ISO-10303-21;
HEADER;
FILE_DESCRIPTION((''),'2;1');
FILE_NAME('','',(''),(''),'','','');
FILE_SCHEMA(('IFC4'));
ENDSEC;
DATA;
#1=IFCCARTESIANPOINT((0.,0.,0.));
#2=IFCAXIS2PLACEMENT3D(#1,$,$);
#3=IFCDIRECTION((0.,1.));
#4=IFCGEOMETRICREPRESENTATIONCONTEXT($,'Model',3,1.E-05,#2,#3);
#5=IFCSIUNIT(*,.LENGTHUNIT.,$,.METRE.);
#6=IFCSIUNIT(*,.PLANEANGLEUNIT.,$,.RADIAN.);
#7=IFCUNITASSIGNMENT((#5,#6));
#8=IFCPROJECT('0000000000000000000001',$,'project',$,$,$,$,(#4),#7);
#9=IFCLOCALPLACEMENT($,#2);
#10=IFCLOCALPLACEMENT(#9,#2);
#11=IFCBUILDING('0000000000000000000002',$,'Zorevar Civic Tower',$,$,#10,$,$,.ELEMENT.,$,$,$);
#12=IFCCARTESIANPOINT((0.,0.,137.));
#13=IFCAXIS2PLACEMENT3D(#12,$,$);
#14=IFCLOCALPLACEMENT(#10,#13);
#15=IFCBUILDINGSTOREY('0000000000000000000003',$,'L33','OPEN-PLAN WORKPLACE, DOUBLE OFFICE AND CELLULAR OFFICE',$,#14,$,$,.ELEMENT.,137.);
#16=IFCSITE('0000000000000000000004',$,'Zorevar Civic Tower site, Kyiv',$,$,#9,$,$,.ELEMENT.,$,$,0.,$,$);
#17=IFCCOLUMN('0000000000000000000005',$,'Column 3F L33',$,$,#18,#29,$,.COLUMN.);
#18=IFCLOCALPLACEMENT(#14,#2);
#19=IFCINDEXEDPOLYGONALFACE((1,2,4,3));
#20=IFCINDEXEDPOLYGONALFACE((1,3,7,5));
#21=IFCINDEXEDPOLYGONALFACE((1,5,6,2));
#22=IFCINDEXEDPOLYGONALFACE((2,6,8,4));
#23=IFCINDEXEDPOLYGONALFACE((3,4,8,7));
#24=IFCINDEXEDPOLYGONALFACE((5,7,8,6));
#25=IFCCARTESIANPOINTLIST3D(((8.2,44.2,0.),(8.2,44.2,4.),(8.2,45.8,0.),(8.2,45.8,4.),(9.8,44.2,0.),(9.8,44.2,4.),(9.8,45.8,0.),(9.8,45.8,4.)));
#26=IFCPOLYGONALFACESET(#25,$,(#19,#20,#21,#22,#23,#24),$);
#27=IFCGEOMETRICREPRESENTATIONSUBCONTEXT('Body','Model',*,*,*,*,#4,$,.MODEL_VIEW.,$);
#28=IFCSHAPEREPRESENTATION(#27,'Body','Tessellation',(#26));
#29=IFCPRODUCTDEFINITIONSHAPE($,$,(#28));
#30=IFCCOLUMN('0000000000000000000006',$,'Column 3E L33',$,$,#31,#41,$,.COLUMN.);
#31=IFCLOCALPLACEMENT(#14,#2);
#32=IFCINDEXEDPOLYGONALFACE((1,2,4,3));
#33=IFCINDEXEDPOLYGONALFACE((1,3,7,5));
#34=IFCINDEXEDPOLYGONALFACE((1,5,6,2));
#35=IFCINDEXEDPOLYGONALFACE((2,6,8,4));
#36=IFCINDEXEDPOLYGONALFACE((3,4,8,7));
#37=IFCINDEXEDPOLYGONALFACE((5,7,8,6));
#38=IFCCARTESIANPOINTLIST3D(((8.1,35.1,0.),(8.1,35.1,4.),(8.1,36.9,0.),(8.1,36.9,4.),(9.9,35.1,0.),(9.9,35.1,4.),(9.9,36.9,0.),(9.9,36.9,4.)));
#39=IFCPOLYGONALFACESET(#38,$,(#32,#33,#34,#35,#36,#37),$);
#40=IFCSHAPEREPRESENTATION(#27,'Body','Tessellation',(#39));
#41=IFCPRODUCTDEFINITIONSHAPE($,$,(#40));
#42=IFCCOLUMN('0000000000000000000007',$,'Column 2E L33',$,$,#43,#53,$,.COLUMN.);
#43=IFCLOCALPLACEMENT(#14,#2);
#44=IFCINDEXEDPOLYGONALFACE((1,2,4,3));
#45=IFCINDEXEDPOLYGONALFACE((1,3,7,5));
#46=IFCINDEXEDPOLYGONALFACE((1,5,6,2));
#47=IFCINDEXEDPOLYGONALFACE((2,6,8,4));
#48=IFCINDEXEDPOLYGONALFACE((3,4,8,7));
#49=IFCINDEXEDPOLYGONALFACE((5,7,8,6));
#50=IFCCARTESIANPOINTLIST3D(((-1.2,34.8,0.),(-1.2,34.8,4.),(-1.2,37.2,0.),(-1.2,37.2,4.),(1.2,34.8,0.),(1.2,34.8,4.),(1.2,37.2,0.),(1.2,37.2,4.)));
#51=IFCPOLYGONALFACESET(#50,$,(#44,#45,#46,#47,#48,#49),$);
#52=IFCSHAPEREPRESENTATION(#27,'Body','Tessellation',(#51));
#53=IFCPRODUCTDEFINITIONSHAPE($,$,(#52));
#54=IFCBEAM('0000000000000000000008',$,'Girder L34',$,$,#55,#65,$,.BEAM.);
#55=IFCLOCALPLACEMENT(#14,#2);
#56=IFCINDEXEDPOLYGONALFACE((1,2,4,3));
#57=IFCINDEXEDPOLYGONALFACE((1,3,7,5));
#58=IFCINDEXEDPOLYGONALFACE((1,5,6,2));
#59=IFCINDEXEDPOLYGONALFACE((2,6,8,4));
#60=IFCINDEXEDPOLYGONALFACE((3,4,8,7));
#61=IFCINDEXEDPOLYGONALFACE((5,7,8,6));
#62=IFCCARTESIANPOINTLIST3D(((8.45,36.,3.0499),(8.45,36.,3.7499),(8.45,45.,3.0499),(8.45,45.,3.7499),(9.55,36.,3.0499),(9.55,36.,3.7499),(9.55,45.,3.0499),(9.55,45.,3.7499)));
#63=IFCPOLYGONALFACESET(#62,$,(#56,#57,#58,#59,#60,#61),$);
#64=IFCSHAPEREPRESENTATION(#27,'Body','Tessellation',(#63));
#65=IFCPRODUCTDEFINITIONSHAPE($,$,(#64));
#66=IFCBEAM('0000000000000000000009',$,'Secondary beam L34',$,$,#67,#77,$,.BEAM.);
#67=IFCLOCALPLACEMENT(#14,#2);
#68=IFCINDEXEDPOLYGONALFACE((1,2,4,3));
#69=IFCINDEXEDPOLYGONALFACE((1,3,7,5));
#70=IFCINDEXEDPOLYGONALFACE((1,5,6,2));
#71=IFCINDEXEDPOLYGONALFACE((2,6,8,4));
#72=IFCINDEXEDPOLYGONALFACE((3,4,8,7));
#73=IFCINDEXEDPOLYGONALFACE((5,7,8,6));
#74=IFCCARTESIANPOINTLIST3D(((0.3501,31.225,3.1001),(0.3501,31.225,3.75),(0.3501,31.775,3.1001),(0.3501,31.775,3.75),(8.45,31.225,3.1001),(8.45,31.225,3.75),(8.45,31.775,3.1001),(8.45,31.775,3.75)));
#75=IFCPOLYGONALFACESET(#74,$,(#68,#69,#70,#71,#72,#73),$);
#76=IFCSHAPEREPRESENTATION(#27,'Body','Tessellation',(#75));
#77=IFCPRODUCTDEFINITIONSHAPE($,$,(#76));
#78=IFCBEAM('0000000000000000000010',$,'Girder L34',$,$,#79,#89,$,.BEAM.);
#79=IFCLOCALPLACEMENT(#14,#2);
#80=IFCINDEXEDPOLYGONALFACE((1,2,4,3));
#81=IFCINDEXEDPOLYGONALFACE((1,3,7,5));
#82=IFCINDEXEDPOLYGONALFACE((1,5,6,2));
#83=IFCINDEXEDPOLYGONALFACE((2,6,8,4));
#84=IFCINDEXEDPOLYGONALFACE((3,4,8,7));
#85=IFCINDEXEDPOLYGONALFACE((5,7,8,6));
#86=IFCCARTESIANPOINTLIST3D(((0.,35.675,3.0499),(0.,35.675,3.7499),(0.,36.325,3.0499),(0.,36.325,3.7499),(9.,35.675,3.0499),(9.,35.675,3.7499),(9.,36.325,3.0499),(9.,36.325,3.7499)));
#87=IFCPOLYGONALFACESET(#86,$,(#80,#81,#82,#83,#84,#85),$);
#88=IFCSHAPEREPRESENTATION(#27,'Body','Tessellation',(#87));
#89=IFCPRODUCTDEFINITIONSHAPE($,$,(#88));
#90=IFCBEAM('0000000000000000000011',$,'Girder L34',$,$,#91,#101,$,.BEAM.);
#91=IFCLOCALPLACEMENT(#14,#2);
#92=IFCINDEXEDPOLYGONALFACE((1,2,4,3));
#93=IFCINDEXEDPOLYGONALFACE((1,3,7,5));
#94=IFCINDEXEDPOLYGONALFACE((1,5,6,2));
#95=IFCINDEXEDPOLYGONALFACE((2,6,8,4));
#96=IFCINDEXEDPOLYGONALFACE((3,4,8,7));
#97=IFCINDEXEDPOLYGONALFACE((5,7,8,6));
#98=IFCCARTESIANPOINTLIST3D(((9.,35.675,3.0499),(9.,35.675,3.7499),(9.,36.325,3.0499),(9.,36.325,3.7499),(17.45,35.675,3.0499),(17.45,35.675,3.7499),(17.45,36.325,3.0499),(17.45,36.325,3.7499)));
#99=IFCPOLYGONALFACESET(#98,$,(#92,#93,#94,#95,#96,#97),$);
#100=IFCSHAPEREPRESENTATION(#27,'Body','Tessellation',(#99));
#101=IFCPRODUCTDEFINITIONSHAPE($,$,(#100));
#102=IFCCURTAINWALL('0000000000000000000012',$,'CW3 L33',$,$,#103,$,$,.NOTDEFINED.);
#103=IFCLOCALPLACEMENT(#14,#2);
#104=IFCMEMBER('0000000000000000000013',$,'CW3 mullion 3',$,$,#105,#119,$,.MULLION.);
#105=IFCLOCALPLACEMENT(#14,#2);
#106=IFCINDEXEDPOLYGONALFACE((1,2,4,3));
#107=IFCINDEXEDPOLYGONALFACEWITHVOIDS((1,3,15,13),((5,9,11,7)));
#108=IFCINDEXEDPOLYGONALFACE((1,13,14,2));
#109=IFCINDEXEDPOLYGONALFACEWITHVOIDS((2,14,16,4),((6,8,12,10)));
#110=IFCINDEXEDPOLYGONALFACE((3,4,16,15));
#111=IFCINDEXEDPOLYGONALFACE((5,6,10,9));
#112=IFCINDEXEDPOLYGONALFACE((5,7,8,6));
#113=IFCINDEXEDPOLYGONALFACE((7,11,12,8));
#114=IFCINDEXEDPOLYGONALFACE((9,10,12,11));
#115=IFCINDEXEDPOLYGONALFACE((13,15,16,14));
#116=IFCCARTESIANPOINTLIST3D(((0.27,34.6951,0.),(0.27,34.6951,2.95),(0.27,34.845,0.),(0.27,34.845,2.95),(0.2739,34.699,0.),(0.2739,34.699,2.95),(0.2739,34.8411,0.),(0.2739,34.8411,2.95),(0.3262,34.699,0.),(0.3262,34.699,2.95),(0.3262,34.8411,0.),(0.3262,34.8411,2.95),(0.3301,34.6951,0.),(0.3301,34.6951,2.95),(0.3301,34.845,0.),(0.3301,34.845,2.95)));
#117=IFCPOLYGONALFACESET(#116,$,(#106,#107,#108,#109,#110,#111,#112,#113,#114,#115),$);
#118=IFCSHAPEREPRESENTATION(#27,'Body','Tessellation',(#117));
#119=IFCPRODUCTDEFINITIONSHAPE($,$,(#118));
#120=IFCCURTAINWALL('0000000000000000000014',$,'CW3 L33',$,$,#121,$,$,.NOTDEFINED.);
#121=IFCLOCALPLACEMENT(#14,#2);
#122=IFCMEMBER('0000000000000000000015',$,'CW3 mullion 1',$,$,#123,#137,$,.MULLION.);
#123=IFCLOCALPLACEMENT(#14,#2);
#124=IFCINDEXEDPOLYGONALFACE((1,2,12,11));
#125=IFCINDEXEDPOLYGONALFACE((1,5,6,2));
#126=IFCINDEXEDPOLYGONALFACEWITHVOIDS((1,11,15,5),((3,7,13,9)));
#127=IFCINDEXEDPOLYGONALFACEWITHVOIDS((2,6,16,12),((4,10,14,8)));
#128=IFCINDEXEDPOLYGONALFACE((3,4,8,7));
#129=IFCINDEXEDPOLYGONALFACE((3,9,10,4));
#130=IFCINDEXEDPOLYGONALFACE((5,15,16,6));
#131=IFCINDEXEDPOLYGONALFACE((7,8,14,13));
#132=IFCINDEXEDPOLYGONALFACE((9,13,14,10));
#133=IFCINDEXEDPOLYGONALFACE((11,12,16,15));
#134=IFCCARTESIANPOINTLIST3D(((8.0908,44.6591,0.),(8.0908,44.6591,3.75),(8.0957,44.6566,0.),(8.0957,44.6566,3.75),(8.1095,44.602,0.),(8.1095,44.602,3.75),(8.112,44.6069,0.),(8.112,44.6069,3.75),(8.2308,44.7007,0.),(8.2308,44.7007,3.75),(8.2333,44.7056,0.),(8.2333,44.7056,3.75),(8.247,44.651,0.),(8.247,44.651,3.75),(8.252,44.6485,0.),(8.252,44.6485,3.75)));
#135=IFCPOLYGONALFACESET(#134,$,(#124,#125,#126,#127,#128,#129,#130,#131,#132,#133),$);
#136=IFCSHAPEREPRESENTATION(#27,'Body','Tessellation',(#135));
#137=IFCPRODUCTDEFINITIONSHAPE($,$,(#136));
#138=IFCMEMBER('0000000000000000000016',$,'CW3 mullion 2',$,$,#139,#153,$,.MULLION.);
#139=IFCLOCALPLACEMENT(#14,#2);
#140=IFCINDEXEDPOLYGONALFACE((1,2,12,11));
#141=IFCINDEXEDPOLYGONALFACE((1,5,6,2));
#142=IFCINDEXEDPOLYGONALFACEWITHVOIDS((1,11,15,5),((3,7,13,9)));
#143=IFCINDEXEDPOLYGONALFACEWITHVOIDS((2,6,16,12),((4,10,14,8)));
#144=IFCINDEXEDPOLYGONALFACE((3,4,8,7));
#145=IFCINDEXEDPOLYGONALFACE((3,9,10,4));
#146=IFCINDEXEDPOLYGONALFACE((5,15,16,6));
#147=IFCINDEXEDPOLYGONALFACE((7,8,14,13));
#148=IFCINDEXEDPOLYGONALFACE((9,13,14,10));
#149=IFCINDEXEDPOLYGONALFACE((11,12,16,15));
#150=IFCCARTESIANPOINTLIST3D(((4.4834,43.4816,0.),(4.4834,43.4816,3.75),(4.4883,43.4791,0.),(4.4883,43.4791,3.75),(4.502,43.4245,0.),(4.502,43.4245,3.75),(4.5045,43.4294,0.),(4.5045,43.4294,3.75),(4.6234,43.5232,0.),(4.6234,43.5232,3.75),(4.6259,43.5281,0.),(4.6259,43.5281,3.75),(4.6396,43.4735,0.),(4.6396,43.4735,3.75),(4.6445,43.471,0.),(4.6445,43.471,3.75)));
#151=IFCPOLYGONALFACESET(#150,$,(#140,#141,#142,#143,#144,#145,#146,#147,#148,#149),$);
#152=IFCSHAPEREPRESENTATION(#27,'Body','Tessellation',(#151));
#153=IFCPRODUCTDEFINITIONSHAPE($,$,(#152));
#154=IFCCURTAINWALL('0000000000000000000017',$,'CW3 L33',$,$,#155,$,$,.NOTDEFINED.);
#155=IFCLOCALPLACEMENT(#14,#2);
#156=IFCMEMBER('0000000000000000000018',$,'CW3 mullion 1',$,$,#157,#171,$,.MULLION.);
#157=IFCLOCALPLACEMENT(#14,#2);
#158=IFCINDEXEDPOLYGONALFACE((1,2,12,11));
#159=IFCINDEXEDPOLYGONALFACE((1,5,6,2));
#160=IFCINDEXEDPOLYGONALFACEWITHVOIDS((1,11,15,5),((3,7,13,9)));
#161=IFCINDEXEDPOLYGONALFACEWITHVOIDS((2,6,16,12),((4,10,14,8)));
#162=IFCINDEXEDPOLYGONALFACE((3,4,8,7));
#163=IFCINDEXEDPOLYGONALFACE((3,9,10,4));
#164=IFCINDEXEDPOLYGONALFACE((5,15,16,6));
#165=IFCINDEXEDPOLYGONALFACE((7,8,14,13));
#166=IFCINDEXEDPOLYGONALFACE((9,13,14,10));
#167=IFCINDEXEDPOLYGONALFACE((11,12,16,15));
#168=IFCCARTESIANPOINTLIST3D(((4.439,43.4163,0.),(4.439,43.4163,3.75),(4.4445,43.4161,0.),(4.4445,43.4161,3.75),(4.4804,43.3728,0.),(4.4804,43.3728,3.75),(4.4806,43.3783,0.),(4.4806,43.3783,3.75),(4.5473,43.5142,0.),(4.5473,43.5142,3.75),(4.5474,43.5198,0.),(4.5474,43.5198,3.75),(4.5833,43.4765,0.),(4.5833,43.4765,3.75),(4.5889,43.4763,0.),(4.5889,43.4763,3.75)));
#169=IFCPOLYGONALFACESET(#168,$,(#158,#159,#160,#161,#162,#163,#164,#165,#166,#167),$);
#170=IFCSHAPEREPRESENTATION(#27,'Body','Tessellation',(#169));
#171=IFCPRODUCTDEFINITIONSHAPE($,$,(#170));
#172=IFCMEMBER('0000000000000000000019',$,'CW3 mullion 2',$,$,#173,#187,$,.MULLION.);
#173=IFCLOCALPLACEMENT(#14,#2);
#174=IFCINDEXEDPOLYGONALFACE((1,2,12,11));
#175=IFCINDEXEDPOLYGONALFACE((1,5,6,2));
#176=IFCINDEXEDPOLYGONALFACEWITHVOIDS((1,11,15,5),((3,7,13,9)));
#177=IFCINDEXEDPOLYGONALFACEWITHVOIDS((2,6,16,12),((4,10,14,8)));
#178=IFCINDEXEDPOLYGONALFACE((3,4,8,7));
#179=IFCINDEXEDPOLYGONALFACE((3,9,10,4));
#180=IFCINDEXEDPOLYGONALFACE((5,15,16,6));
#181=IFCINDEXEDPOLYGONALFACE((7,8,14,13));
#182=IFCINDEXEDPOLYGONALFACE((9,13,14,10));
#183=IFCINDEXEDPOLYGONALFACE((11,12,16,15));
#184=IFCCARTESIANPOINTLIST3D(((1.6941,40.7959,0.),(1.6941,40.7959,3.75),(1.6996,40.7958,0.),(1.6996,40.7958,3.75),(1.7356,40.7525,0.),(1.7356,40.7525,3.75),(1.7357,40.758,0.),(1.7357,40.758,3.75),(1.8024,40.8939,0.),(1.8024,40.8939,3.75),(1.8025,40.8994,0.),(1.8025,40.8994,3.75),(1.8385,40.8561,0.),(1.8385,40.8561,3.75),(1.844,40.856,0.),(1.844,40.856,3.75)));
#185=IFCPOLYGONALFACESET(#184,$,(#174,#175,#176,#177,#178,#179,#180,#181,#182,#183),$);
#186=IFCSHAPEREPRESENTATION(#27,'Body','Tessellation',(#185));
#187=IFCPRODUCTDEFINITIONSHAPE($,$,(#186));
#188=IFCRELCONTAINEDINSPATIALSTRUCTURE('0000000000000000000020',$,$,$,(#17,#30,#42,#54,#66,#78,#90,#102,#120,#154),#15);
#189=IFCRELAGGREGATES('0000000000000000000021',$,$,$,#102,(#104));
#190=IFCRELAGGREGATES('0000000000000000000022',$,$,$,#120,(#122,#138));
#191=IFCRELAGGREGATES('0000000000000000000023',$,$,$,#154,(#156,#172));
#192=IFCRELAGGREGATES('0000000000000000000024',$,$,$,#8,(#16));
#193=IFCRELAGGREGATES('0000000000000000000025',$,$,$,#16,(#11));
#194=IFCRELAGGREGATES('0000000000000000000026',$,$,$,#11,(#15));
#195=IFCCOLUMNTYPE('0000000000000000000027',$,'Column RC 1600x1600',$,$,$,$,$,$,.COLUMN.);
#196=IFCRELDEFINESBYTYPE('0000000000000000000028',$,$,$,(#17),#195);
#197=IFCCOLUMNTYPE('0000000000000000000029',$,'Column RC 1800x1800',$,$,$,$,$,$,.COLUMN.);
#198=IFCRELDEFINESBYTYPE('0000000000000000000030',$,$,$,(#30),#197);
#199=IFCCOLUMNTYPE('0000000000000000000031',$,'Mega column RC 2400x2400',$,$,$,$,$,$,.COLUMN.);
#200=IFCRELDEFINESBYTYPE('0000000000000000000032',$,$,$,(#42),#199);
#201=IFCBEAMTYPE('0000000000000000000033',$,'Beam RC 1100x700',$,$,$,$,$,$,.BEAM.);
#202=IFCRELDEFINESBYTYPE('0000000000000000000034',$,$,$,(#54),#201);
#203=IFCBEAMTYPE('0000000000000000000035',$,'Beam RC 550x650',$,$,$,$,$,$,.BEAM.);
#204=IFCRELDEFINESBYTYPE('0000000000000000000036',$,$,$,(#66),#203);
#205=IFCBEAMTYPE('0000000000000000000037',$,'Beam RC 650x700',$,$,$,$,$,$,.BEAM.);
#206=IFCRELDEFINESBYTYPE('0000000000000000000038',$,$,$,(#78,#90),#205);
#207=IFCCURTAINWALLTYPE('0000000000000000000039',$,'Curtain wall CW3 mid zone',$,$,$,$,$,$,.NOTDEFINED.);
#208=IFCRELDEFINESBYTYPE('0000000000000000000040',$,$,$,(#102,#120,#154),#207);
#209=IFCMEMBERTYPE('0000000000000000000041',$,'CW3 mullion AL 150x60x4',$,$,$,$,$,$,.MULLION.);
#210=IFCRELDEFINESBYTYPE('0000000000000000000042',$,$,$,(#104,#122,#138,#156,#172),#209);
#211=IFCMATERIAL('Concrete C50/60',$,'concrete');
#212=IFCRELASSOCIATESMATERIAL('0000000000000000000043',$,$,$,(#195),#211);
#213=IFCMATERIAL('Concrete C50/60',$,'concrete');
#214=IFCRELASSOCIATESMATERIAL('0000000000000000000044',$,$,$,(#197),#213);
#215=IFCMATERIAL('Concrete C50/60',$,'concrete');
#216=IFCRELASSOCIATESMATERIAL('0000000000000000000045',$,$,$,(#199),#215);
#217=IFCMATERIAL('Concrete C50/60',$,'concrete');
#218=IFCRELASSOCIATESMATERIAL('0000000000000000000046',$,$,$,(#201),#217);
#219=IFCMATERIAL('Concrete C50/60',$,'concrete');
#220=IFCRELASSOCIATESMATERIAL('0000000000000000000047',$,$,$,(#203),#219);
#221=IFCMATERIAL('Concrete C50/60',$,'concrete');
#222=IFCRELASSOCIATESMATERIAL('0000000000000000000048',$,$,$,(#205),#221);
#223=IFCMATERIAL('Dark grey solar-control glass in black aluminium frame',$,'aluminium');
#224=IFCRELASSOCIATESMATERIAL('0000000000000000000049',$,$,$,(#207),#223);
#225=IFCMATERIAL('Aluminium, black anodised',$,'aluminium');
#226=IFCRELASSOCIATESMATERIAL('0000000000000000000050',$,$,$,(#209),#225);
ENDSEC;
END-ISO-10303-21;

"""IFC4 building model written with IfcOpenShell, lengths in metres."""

from ifc_helpers import new_model, si_unit, direction, frame, origin, origin_2d, place, context, subcontext, project, spatial, rectangle, hollow_rectangle, extrude, material, material_profile, profile_set, type_object, element, aggregate, save


model = new_model("IFC4")

# Units and contexts
model_context = context("Model", 3, precision=1e-05, world=origin(), true_north=direction((0.0, 1.0)))
body_context = subcontext(model_context, "Body", "Model", "MODEL_VIEW")
ifc_project = project(units=[si_unit("LENGTHUNIT", "METRE"), si_unit("PLANEANGLEUNIT", "RADIAN")], contexts=[model_context])

# Site, building, storey
site_placement = place(None, origin())
site = spatial("IfcSite", under=ifc_project, at=site_placement, Name="Zorevar Civic Tower site, Kyiv", CompositionType="ELEMENT", RefElevation=0.0)
building_placement = place(site_placement, origin())
building = spatial("IfcBuilding", under=site, at=building_placement, Name="Zorevar Civic Tower", CompositionType="ELEMENT")
storey_placement = place(building_placement, frame((0.0, 0.0, 137.0)))
storey = spatial("IfcBuildingStorey", under=building, at=storey_placement, Name="L33", Description="OPEN-PLAN WORKPLACE, DOUBLE OFFICE AND CELLULAR OFFICE", CompositionType="ELEMENT", Elevation=137.0)

# Columns
ifc_material_1 = material(Name="Concrete C50/60", Category="concrete")
ifc_material_profile_1 = material_profile(ifc_material_1, rectangle(XDim=1.6001, YDim=1.6001, at=origin_2d()), Name="RC 1600x1600")
ifc_profile_set_1 = profile_set([ifc_material_profile_1], Name="Concrete C50/60")
column_type_1 = type_object("IfcColumnType", Name="Column RC 1600x1600", PredefinedType="COLUMN", material=ifc_profile_set_1)
column_1_placement = place(storey_placement, frame((9.0, 45.0, 0.0), z_axis=(0.0, 0.0, 1.0), x_axis=(1.0, 0.0, 0.0)))
element("IfcColumn", 1, at=column_1_placement, inside=storey, type_object=column_type_1, Name="Column 3F L33", PredefinedType="COLUMN", context=body_context, shape_type="SweptSolid", body=[
    extrude(rectangle(XDim=1.6001, YDim=1.6001, at=origin_2d()), origin(), (0.0, 0.0, 1.0), 4.0),
])
ifc_material_2 = material(Name="Concrete C50/60", Category="concrete")
ifc_material_profile_2 = material_profile(ifc_material_2, rectangle(XDim=1.8, YDim=1.8, at=origin_2d()), Name="RC 1800x1800")
ifc_profile_set_2 = profile_set([ifc_material_profile_2], Name="Concrete C50/60")
column_type_2 = type_object("IfcColumnType", Name="Column RC 1800x1800", PredefinedType="COLUMN", material=ifc_profile_set_2)
column_2_placement = place(storey_placement, frame((9.0, 36.0, 0.0), z_axis=(0.0, 0.0, 1.0), x_axis=(1.0, 0.0, 0.0)))
element("IfcColumn", 2, at=column_2_placement, inside=storey, type_object=column_type_2, Name="Column 3E L33", PredefinedType="COLUMN", context=body_context, shape_type="SweptSolid", body=[
    extrude(rectangle(XDim=1.8, YDim=1.8, at=origin_2d()), origin(), (0.0, 0.0, 1.0), 4.0),
])
ifc_material_3 = material(Name="Concrete C50/60", Category="concrete")
ifc_material_profile_3 = material_profile(ifc_material_3, rectangle(XDim=2.3999, YDim=2.3999, at=origin_2d()), Name="RC 2400x2400")
ifc_profile_set_3 = profile_set([ifc_material_profile_3], Name="Concrete C50/60")
column_type_3 = type_object("IfcColumnType", Name="Mega column RC 2400x2400", PredefinedType="COLUMN", material=ifc_profile_set_3)
column_3_placement = place(storey_placement, frame((0.0, 36.0, 0.0), z_axis=(0.0, 0.0, 1.0), x_axis=(1.0, 0.0, 0.0)))
element("IfcColumn", 3, at=column_3_placement, inside=storey, type_object=column_type_3, Name="Column 2E L33", PredefinedType="COLUMN", context=body_context, shape_type="SweptSolid", body=[
    extrude(rectangle(XDim=2.3999, YDim=2.3999, at=origin_2d()), origin(), (0.0, 0.0, 1.0), 4.0),
])

# Beams
ifc_material_4 = material(Name="Concrete C50/60", Category="concrete")
ifc_material_profile_4 = material_profile(ifc_material_4, rectangle(XDim=1.1001, YDim=0.7, at=origin_2d()), Name="RC 1100x700")
ifc_profile_set_4 = profile_set([ifc_material_profile_4], Name="Concrete C50/60")
beam_type_1 = type_object("IfcBeamType", Name="Beam RC 1100x700", PredefinedType="BEAM", material=ifc_profile_set_4)
beam_1_placement = place(storey_placement, frame((9.0, 36.0, 3.3999), z_axis=(0.0, 1.0, 0.0), x_axis=(-1.0, 0.0, 0.0)))
element("IfcBeam", 4, at=beam_1_placement, inside=storey, type_object=beam_type_1, Name="Girder L34", PredefinedType="BEAM", context=body_context, shape_type="SweptSolid", body=[
    extrude(rectangle(XDim=1.1001, YDim=0.7, at=origin_2d()), origin(), (0.0, 0.0, 1.0), 9.0),
])
ifc_material_5 = material(Name="Concrete C50/60", Category="concrete")
ifc_material_profile_5 = material_profile(ifc_material_5, rectangle(XDim=0.55, YDim=0.6499, at=origin_2d()), Name="RC 550x650")
ifc_profile_set_5 = profile_set([ifc_material_profile_5], Name="Concrete C50/60")
beam_type_2 = type_object("IfcBeamType", Name="Beam RC 550x650", PredefinedType="BEAM", material=ifc_profile_set_5)
beam_2_placement = place(storey_placement, frame((0.3501, 31.5, 3.425), z_axis=(1.0, 0.0, 0.0), x_axis=(0.0, 1.0, 0.0)))
element("IfcBeam", 5, at=beam_2_placement, inside=storey, type_object=beam_type_2, Name="Secondary beam L34", PredefinedType="BEAM", context=body_context, shape_type="SweptSolid", body=[
    extrude(rectangle(XDim=0.55, YDim=0.6499, at=origin_2d()), origin(), (0.0, 0.0, 1.0), 8.0999),
])
ifc_material_6 = material(Name="Concrete C50/60", Category="concrete")
ifc_material_profile_6 = material_profile(ifc_material_6, rectangle(XDim=0.6499, YDim=0.7, at=origin_2d()), Name="RC 650x700")
ifc_profile_set_6 = profile_set([ifc_material_profile_6], Name="Concrete C50/60")
beam_type_3 = type_object("IfcBeamType", Name="Beam RC 650x700", PredefinedType="BEAM", material=ifc_profile_set_6)
beam_3_placement = place(storey_placement, frame((0.0, 36.0, 3.3999), z_axis=(1.0, 0.0, 0.0), x_axis=(0.0, 1.0, 0.0)))
element("IfcBeam", 6, at=beam_3_placement, inside=storey, type_object=beam_type_3, Name="Girder L34", PredefinedType="BEAM", context=body_context, shape_type="SweptSolid", body=[
    extrude(rectangle(XDim=0.6499, YDim=0.7, at=origin_2d()), origin(), (0.0, 0.0, 1.0), 9.0),
])
beam_4_placement = place(storey_placement, frame((9.0, 36.0, 3.3999), z_axis=(1.0, 0.0, 0.0), x_axis=(0.0, 1.0, 0.0)))
element("IfcBeam", 7, at=beam_4_placement, inside=storey, type_object=beam_type_3, Name="Girder L34", PredefinedType="BEAM", context=body_context, shape_type="SweptSolid", body=[
    extrude(rectangle(XDim=0.6499, YDim=0.7, at=origin_2d()), origin(), (0.0, 0.0, 1.0), 8.45),
])

# Curtain wall, member
ifc_material_7 = material(Name="Dark grey solar-control glass in black aluminium frame", Category="aluminium")
curtain_wall_type = type_object("IfcCurtainWallType", Name="Curtain wall CW3 mid zone", PredefinedType="NOTDEFINED", material=ifc_material_7)
curtain_wall_1_placement = place(storey_placement, origin())
curtain_wall_1 = element("IfcCurtainWall", 8, at=curtain_wall_1_placement, inside=storey, type_object=curtain_wall_type, Name="CW3 L33", PredefinedType="NOTDEFINED")
ifc_material_8 = material(Name="Aluminium, black anodised", Category="aluminium")
ifc_material_profile_7 = material_profile(ifc_material_8, hollow_rectangle(XDim=0.0601, YDim=0.1499, WallThickness=0.0039, at=origin_2d()), Name="AL 150x60x4")
ifc_profile_set_7 = profile_set([ifc_material_profile_7], Name="Aluminium, black anodised")
member_type_1 = type_object("IfcMemberType", Name="CW3 mullion AL 150x60x4", PredefinedType="MULLION", material=ifc_profile_set_7)
member_1_placement = place(storey_placement, frame((0.3, 34.77, 0.0), z_axis=(0.0, 0.0, 1.0), x_axis=(-1.0, 0.0, 0.0)))
member_1 = element("IfcMember", 9, at=member_1_placement, type_object=member_type_1, Name="CW3 mullion 3", PredefinedType="MULLION", context=body_context, shape_type="SweptSolid", body=[
    extrude(hollow_rectangle(XDim=0.0601, YDim=0.1499, WallThickness=0.0039, at=origin_2d()), origin(), (0.0, 0.0, 1.0), 2.95),
])

# Curtain walls, members
curtain_wall_2_placement = place(storey_placement, origin())
curtain_wall_2 = element("IfcCurtainWall", 10, at=curtain_wall_2_placement, inside=storey, type_object=curtain_wall_type, Name="CW3 L33", PredefinedType="NOTDEFINED")
member_2_placement = place(storey_placement, frame((8.1714, 44.6538, 0.0), z_axis=(0.0, 0.0, 1.0), x_axis=(0.310263, -0.950651, 0.0)))
member_2 = element("IfcMember", 11, at=member_2_placement, type_object=member_type_1, Name="CW3 mullion 1", PredefinedType="MULLION", context=body_context, shape_type="SweptSolid", body=[
    extrude(hollow_rectangle(XDim=0.0601, YDim=0.1499, WallThickness=0.0039, at=origin_2d()), origin(), (0.0, 0.0, 1.0), 3.75),
])
member_3_placement = place(storey_placement, frame((4.564, 43.4763, 0.0), z_axis=(0.0, 0.0, 1.0), x_axis=(0.310263, -0.950651, 0.0)))
member_3 = element("IfcMember", 12, at=member_3_placement, type_object=member_type_1, Name="CW3 mullion 2", PredefinedType="MULLION", context=body_context, shape_type="SweptSolid", body=[
    extrude(hollow_rectangle(XDim=0.0601, YDim=0.1499, WallThickness=0.0039, at=origin_2d()), origin(), (0.0, 0.0, 1.0), 3.75),
])
curtain_wall_3_placement = place(storey_placement, origin())
curtain_wall_3 = element("IfcCurtainWall", 13, at=curtain_wall_3_placement, inside=storey, type_object=curtain_wall_type, Name="CW3 L33", PredefinedType="NOTDEFINED")
member_4_placement = place(storey_placement, frame((4.5139, 43.4463, 0.0), z_axis=(0.0, 0.0, 1.0), x_axis=(0.690545, -0.723289, 0.0)))
member_4 = element("IfcMember", 14, at=member_4_placement, type_object=member_type_1, Name="CW3 mullion 1", PredefinedType="MULLION", context=body_context, shape_type="SweptSolid", body=[
    extrude(hollow_rectangle(XDim=0.0601, YDim=0.1499, WallThickness=0.0039, at=origin_2d()), origin(), (0.0, 0.0, 1.0), 3.75),
])
member_5_placement = place(storey_placement, frame((1.769, 40.8259, 0.0), z_axis=(0.0, 0.0, 1.0), x_axis=(0.690545, -0.723289, 0.0)))
member_5 = element("IfcMember", 15, at=member_5_placement, type_object=member_type_1, Name="CW3 mullion 2", PredefinedType="MULLION", context=body_context, shape_type="SweptSolid", body=[
    extrude(hollow_rectangle(XDim=0.0601, YDim=0.1499, WallThickness=0.0039, at=origin_2d()), origin(), (0.0, 0.0, 1.0), 3.75),
])

aggregate(curtain_wall_1, [member_1])
aggregate(curtain_wall_2, [member_2, member_3])
aggregate(curtain_wall_3, [member_4, member_5])

save(model, "model.ifc")
